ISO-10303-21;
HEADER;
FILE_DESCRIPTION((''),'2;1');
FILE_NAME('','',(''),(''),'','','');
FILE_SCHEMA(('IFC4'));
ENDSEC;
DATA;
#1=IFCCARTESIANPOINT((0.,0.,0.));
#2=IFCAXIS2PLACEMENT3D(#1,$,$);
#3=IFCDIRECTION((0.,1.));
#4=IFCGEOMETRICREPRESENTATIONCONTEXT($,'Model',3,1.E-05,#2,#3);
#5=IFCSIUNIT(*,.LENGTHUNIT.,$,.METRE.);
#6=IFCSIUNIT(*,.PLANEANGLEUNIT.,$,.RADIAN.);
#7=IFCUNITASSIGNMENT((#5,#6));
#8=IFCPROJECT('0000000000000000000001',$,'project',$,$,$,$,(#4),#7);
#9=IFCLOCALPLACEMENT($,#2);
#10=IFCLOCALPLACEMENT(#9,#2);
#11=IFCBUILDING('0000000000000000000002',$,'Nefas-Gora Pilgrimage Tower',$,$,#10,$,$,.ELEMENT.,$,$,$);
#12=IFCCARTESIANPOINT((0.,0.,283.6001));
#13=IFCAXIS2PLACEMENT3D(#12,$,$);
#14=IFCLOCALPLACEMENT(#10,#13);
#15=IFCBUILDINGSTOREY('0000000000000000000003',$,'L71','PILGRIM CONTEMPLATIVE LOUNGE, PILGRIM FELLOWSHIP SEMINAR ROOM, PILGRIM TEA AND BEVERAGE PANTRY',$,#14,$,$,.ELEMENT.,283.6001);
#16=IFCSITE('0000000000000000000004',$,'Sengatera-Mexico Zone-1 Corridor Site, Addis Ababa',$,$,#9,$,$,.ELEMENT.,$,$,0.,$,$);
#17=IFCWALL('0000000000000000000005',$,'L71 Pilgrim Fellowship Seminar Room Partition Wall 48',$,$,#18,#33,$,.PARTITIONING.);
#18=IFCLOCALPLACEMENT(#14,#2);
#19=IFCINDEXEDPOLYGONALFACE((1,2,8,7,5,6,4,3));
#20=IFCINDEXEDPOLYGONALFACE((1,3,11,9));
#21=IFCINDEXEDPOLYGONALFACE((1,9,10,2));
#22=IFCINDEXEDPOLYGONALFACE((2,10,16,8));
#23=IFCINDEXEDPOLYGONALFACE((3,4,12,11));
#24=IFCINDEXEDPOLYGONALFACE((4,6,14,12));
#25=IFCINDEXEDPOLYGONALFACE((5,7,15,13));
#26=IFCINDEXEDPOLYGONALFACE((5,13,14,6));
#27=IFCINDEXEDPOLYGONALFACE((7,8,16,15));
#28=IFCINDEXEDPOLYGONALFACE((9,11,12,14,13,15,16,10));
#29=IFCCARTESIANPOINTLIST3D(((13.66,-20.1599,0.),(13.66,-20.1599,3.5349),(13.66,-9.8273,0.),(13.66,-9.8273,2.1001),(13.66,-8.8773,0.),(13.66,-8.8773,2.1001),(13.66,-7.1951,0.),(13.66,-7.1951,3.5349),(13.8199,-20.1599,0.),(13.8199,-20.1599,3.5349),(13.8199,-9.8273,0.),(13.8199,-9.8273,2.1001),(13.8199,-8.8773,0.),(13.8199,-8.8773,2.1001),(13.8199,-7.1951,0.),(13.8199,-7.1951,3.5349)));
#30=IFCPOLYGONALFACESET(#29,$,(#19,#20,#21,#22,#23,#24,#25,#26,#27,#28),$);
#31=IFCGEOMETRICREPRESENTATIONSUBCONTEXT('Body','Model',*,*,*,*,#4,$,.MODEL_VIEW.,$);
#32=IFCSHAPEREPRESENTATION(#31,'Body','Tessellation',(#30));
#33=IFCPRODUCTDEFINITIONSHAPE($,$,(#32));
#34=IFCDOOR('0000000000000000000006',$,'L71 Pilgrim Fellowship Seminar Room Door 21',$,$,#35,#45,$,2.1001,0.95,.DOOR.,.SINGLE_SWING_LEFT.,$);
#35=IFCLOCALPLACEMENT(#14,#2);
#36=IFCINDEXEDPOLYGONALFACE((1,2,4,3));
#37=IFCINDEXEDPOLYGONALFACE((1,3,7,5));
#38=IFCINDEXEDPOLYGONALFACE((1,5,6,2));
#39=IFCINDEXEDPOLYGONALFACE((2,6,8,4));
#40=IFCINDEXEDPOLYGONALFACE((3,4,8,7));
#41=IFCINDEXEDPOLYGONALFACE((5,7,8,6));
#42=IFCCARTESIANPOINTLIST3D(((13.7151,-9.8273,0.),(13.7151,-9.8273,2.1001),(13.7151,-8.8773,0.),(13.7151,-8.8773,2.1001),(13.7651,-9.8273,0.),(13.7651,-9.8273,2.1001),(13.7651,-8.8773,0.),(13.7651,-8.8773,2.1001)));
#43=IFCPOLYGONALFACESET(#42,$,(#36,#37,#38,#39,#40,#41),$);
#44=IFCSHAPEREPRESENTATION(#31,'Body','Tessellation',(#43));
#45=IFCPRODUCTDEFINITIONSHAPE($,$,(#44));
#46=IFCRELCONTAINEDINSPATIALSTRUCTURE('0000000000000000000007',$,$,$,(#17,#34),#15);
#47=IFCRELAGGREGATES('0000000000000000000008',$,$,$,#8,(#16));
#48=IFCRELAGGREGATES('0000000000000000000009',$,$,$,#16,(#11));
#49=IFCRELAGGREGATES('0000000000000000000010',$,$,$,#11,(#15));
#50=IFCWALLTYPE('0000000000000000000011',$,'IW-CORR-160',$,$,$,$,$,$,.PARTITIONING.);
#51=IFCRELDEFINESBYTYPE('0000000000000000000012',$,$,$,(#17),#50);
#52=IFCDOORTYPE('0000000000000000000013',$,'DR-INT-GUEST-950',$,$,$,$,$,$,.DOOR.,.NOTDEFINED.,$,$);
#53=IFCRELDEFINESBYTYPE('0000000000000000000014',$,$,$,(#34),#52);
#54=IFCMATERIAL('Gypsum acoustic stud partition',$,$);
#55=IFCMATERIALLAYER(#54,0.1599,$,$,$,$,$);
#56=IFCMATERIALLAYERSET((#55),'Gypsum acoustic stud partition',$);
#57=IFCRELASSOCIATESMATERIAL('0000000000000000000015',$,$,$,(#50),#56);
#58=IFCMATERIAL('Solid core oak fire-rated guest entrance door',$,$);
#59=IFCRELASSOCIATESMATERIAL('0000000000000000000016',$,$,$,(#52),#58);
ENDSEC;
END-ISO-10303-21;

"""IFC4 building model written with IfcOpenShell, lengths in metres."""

from ifc_helpers import new_model, si_unit, direction, frame, frame_2d, origin, place, context, subcontext, project, spatial, rectangle, extrude, source, transform, mapped, material, layer, layer_set, type_object, element, fill, save


model = new_model("IFC4")

# Units and contexts
model_context = context("Model", 3, precision=1e-05, world=origin(), true_north=direction((0.0, 1.0)))
body_context = subcontext(model_context, "Body", "Model", "MODEL_VIEW")
ifc_project = project(units=[si_unit("LENGTHUNIT", "METRE"), si_unit("PLANEANGLEUNIT", "RADIAN")], contexts=[model_context])

# Site, building, storey
site_placement = place(None, origin())
site = spatial("IfcSite", under=ifc_project, at=site_placement, Name="Sengatera-Mexico Zone-1 Corridor Site, Addis Ababa", CompositionType="ELEMENT", RefElevation=0.0)
building_placement = place(site_placement, origin())
building = spatial("IfcBuilding", under=site, at=building_placement, Name="Nefas-Gora Pilgrimage Tower", CompositionType="ELEMENT")
storey_placement = place(building_placement, frame((0.0, 0.0, 283.6001)))
storey = spatial("IfcBuildingStorey", under=building, at=storey_placement, Name="L71", Description="PILGRIM CONTEMPLATIVE LOUNGE, PILGRIM FELLOWSHIP SEMINAR ROOM, PILGRIM TEA AND BEVERAGE PANTRY", CompositionType="ELEMENT", Elevation=283.6001)

# Wall, opening, door
ifc_material_1 = material(Name="Gypsum acoustic stud partition")
ifc_layer_1 = layer(ifc_material_1, 0.1599)
ifc_layer_set_1 = layer_set([ifc_layer_1], Name="Gypsum acoustic stud partition")
wall_type_1 = type_object("IfcWallType", Name="IW-CORR-160", PredefinedType="PARTITIONING", material=ifc_layer_set_1)
shared_shape_1 = source(origin(), body_context, "Body", "SweptSolid", [
    extrude(rectangle(XDim=12.9648, YDim=0.1599, at=frame_2d((6.4824, 0.0))), origin(), (0.0, 0.0, 1.0), 3.5349),
])
wall_1_placement = place(storey_placement, frame((13.74, -20.1599, 0.0), z_axis=(0.0, 0.0, 1.0), x_axis=(0.0, 1.0, 0.0)))
wall_1 = element("IfcWall", 1, at=wall_1_placement, inside=storey, type_object=wall_type_1, Name="L71 Pilgrim Fellowship Seminar Room Partition Wall 48", PredefinedType="PARTITIONING", context=body_context, shape_type="MappedRepresentation", body=[
    mapped(shared_shape_1, transform((0.0, 0.0, 0.0), x_axis=(1.0, 0.0, 0.0), y_axis=(0.0, 1.0, 0.0), z_axis=(0.0, 0.0, 1.0), scale=1.0)),
])
opening_1_placement = place(wall_1_placement, frame((10.3325, 0.0, 0.0)))
opening_1 = element("IfcOpeningElement", 2, at=opening_1_placement, cuts=wall_1, PredefinedType="OPENING", context=body_context, shape_type="SweptSolid", body=[
    extrude(rectangle(XDim=0.95, YDim=2.1001, at=frame_2d((0.4751, 1.05))), frame((0.0, 0.0898, 0.0), z_axis=(0.0, -1.0, 0.0), x_axis=(1.0, 0.0, 0.0)), (0.0, 0.0, 1.0), 0.1799),
])
ifc_material_2 = material(Name="Solid core oak fire-rated guest entrance door")
door_type = type_object("IfcDoorType", Name="DR-INT-GUEST-950", OperationType="NOTDEFINED", PredefinedType="DOOR", material=ifc_material_2)
shared_shape_2 = source(origin(), body_context, "Body", "SweptSolid", [
    extrude(rectangle(XDim=0.95, YDim=2.1001, at=frame_2d((0.4751, 1.05))), frame((0.0, 0.0249, 0.0), z_axis=(0.0, -1.0, 0.0), x_axis=(1.0, 0.0, 0.0)), (0.0, 0.0, 1.0), 0.05),
])
door_placement = place(opening_1_placement, origin())
door = element("IfcDoor", 3, at=door_placement, inside=storey, type_object=door_type, Name="L71 Pilgrim Fellowship Seminar Room Door 21", OperationType="SINGLE_SWING_LEFT", OverallHeight=2.1001, OverallWidth=0.95, PredefinedType="DOOR", context=body_context, shape_type="MappedRepresentation", body=[
    mapped(shared_shape_2, transform((0.0, 0.0, 0.0), x_axis=(1.0, 0.0, 0.0), y_axis=(0.0, 1.0, 0.0), z_axis=(0.0, 0.0, 1.0), scale=1.0)),
])
fill(opening_1, door)

save(model, "model.ifc")
